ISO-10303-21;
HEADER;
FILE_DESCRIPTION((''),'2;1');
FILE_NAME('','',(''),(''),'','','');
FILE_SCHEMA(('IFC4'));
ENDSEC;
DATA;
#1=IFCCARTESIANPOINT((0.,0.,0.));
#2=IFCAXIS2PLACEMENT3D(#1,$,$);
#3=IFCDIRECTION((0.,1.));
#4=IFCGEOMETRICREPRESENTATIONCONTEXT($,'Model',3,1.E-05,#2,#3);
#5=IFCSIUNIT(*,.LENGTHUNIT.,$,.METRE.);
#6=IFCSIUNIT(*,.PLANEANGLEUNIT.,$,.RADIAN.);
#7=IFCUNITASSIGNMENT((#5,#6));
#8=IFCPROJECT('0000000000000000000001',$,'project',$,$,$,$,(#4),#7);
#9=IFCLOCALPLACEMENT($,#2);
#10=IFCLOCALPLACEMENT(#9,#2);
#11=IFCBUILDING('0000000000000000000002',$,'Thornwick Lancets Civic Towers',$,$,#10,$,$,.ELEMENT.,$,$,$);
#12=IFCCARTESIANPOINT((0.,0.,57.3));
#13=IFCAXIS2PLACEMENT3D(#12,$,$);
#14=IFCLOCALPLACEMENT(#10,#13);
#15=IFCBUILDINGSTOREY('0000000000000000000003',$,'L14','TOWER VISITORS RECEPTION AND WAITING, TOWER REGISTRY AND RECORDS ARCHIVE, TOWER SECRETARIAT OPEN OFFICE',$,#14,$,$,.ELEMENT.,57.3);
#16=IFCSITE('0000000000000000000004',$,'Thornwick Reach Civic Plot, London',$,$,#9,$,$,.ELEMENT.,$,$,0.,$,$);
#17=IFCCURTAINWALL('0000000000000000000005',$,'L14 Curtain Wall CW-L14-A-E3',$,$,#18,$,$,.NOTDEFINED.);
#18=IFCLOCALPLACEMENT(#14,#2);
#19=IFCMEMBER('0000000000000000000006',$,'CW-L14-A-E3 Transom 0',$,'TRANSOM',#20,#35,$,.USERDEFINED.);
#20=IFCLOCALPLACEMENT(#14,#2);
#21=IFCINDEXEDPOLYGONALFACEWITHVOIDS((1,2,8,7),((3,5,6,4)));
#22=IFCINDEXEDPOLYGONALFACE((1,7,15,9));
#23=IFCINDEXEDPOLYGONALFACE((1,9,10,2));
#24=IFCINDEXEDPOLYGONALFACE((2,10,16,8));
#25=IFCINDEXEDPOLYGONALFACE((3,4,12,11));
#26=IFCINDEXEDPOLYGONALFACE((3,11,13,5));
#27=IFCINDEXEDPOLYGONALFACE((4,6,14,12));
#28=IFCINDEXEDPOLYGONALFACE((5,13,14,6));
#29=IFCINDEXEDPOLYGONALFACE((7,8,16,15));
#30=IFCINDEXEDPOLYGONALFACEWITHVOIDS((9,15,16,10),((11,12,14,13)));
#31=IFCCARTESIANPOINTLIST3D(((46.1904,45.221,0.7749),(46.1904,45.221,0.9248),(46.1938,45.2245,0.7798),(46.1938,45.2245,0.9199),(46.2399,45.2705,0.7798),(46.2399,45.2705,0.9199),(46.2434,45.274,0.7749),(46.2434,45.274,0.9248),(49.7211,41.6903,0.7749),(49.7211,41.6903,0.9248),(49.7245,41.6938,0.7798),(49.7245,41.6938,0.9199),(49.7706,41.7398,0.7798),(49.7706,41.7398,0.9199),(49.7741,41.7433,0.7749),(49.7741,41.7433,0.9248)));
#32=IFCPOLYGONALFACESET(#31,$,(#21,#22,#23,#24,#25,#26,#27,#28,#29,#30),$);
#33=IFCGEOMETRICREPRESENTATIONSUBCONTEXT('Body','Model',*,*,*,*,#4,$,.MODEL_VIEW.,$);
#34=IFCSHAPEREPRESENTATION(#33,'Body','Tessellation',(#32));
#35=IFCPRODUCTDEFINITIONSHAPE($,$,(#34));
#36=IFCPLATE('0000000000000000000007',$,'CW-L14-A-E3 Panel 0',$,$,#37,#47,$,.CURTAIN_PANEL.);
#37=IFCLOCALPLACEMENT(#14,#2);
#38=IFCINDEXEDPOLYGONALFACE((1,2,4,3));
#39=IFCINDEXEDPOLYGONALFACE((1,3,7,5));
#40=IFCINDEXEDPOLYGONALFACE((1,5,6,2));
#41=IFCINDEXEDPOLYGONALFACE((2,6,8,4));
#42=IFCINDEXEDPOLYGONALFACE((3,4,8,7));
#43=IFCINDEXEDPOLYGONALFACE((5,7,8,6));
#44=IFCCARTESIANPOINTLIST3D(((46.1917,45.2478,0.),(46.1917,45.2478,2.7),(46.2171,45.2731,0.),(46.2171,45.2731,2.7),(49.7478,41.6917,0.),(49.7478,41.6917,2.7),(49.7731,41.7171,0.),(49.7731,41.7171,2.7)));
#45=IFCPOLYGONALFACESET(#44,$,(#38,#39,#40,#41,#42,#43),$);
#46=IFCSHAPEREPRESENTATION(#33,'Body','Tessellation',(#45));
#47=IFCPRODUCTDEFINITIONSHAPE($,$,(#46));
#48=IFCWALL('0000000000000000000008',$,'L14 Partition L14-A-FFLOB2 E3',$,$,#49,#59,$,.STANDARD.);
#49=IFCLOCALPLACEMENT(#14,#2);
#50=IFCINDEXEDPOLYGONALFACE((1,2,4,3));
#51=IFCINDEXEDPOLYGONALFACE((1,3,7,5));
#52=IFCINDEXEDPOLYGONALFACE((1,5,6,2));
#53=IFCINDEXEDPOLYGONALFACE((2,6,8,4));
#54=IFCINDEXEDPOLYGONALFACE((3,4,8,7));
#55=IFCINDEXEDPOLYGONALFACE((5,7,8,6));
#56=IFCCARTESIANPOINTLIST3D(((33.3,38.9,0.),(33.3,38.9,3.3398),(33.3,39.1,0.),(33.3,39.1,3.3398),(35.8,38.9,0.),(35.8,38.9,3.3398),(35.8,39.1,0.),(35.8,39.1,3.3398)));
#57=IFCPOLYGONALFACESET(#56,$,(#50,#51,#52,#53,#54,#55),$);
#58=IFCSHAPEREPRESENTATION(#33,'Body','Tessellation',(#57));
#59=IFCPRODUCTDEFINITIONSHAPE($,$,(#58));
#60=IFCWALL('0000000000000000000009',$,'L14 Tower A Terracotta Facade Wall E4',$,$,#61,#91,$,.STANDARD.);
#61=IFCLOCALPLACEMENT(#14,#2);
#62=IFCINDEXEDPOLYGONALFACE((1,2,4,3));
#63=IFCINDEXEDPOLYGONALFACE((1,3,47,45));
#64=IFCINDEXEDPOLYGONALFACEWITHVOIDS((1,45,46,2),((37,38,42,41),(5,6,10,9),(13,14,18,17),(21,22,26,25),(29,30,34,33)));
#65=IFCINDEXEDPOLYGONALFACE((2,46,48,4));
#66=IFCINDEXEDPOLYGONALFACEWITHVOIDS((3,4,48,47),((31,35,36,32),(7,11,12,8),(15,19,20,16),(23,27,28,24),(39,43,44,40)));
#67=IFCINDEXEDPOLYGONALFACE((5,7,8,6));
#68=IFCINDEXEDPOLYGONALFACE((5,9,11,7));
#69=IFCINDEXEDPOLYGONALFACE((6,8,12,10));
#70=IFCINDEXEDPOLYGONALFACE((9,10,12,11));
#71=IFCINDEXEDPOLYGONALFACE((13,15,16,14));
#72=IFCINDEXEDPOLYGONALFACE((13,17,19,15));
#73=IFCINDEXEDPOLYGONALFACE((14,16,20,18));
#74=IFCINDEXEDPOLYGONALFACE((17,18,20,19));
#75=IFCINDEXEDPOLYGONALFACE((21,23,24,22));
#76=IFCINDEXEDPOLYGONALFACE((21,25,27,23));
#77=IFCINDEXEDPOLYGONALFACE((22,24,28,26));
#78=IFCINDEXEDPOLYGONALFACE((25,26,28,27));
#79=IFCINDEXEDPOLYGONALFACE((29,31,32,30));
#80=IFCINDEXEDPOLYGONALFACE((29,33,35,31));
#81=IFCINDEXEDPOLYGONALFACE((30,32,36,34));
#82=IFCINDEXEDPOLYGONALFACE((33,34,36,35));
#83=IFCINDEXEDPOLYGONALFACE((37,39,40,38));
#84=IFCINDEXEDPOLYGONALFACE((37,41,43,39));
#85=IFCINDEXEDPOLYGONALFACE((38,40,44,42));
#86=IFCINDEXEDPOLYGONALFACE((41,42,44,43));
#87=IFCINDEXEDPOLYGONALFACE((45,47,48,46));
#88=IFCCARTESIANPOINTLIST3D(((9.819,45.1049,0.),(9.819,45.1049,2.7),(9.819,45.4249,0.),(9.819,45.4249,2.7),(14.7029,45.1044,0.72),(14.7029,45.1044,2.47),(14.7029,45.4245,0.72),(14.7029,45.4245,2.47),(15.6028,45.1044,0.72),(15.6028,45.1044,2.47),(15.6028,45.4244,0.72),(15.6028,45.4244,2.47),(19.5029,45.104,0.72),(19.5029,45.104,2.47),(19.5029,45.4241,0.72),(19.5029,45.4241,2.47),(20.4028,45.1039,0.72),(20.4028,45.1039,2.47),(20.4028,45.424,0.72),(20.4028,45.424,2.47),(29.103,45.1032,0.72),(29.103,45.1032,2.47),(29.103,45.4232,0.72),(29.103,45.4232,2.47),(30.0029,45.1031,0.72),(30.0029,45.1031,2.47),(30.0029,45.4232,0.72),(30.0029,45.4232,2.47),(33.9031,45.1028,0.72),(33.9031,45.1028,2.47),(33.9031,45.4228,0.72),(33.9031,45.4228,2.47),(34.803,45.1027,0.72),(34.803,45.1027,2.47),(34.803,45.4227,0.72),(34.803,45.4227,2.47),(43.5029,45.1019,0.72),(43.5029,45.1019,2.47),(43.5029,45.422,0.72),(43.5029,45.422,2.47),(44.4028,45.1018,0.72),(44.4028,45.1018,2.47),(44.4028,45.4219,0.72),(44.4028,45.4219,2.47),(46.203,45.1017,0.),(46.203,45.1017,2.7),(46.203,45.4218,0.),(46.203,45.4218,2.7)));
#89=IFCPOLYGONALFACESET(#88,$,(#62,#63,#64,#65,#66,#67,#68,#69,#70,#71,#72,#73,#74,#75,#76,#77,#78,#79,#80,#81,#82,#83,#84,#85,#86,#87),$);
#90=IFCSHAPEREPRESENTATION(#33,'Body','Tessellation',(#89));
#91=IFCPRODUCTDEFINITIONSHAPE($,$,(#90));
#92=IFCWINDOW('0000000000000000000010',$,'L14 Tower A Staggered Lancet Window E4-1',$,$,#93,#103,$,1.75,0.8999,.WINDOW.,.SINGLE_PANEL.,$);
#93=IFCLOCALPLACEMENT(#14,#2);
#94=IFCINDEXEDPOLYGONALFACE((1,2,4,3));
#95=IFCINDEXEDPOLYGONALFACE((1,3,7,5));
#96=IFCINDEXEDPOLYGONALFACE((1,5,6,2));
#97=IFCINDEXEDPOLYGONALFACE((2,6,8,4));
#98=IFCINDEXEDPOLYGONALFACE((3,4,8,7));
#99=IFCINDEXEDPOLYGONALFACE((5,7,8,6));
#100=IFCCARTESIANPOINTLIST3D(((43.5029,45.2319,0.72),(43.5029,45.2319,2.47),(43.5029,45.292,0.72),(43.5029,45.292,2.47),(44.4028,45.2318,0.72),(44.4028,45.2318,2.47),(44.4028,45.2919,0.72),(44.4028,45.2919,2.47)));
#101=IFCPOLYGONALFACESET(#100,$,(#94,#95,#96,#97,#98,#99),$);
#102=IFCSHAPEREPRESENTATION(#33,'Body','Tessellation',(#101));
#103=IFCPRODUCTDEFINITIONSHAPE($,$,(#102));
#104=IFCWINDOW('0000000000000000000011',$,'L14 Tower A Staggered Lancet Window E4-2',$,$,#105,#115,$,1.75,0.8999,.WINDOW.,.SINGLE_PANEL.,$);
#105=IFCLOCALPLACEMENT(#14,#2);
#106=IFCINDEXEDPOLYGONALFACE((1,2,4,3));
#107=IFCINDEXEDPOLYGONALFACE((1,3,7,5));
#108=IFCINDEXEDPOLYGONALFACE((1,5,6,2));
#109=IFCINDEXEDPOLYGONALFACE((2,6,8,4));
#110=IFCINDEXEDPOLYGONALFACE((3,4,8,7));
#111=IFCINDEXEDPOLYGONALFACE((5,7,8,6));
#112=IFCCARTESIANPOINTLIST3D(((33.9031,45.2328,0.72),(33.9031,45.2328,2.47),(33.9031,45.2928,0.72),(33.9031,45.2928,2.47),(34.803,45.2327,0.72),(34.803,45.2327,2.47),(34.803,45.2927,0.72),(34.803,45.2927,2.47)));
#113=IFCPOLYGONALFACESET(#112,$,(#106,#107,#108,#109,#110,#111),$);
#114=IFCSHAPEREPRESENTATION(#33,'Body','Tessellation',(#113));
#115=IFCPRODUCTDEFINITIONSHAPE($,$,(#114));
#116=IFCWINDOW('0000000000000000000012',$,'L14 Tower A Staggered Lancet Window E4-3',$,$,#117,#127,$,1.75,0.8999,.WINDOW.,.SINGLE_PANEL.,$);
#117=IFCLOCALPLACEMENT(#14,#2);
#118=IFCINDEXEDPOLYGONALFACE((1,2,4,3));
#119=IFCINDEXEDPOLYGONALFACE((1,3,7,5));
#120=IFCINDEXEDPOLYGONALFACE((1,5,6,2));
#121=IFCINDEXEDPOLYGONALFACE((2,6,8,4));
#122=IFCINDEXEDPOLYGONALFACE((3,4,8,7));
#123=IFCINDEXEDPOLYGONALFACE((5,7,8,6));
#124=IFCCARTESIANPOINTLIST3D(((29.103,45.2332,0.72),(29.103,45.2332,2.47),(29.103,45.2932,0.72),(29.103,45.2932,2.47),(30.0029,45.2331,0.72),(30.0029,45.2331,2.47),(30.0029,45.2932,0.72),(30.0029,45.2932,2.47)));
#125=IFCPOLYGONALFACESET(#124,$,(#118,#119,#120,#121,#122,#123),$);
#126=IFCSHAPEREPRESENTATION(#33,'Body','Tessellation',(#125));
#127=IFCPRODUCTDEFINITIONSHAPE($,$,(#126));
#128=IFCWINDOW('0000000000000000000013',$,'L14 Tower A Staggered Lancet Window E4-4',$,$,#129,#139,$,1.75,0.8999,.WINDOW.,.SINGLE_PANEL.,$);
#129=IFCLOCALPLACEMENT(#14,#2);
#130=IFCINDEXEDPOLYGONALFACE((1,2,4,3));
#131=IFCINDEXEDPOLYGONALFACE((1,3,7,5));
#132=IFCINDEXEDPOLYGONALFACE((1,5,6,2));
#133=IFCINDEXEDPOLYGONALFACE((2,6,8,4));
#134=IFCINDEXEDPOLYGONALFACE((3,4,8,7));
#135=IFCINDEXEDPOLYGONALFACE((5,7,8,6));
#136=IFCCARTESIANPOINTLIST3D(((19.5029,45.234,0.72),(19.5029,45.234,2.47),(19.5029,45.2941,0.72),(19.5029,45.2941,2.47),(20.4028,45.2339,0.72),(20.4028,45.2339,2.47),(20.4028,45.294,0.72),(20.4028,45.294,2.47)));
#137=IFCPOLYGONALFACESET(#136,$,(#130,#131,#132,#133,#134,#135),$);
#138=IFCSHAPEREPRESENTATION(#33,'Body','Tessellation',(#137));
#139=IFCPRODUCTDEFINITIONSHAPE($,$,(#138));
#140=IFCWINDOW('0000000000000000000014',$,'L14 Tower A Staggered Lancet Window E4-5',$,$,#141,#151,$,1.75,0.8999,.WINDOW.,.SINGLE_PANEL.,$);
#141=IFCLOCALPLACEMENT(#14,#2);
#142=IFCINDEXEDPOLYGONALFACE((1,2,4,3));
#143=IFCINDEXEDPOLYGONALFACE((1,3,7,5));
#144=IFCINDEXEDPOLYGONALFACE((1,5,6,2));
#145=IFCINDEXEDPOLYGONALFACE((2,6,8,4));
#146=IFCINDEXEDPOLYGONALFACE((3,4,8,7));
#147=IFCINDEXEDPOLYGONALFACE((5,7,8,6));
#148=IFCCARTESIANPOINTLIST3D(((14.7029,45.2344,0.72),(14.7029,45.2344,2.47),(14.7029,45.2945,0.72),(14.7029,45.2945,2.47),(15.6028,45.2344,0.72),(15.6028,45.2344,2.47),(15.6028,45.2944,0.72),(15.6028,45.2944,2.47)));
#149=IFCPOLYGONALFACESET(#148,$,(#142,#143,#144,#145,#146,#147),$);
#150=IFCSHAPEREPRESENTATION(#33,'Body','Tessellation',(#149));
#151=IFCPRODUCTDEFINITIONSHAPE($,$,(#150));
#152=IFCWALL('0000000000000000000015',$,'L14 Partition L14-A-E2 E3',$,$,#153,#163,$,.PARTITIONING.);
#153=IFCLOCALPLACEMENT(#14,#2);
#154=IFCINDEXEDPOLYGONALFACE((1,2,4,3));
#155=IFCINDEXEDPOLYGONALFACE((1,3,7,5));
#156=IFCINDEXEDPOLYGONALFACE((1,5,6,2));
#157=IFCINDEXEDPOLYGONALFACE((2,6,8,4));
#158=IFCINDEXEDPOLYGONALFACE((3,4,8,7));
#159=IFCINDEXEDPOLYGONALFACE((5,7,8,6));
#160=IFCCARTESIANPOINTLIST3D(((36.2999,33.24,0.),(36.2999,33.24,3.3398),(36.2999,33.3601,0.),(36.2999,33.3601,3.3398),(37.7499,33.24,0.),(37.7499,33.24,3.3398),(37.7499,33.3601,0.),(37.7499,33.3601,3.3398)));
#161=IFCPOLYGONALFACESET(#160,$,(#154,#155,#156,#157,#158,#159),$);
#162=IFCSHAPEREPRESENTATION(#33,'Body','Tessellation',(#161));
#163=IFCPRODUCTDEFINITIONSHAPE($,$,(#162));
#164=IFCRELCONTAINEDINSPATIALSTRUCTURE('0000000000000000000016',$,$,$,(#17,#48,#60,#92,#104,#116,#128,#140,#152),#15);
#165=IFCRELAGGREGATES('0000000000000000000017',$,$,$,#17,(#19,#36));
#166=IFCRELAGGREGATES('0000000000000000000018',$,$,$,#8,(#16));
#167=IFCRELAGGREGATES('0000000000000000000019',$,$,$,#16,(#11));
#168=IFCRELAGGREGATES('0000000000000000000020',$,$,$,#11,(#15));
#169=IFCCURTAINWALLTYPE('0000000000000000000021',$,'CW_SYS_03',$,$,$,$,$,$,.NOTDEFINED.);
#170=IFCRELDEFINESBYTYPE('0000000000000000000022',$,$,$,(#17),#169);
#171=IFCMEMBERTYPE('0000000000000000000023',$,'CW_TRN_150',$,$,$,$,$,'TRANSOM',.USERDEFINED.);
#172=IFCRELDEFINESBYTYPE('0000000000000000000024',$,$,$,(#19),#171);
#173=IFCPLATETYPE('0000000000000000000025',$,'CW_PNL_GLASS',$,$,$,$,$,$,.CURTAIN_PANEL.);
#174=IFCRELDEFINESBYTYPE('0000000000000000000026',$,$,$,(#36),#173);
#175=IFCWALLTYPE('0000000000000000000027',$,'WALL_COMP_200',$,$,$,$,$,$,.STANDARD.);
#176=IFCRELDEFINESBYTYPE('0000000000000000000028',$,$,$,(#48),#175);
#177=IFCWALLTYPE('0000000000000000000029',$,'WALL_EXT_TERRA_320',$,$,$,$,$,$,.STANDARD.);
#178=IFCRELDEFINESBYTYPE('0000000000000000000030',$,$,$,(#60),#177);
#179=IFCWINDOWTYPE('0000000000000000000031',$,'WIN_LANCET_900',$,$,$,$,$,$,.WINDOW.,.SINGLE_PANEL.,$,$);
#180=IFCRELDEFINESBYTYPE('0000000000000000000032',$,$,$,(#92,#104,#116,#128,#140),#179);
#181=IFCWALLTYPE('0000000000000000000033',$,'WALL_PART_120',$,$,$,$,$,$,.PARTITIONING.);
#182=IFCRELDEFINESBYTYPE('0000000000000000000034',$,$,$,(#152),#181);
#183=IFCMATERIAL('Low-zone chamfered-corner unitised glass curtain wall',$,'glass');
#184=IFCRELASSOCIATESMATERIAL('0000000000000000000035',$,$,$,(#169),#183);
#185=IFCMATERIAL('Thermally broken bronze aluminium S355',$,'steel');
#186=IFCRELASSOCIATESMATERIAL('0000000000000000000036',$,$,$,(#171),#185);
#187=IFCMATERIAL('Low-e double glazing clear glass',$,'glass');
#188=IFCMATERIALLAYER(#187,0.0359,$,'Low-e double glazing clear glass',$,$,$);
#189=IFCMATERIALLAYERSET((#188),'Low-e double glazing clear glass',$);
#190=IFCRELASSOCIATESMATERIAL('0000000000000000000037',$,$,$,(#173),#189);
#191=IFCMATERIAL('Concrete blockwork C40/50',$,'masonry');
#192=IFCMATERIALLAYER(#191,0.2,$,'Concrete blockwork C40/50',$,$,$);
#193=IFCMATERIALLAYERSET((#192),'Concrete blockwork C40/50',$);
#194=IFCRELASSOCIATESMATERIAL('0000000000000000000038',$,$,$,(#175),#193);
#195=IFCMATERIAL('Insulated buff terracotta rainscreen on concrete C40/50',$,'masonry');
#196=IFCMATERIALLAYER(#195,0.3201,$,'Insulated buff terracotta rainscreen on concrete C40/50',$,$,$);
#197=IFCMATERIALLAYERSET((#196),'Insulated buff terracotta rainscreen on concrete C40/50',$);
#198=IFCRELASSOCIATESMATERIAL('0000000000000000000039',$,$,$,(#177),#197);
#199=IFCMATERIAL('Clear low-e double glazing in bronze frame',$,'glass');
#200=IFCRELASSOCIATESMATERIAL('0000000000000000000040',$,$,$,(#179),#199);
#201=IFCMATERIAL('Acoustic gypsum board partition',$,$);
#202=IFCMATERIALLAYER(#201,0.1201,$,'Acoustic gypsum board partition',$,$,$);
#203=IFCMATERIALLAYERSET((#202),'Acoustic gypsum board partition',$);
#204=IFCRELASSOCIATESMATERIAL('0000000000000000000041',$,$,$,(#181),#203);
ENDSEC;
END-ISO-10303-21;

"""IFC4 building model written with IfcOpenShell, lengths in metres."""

from ifc_helpers import new_model, si_unit, direction, frame, frame_2d, origin, origin_2d, place, context, subcontext, project, spatial, rectangle, hollow_rectangle, extrude, material, layer, layer_set, material_profile, profile_set, type_object, element, fill, aggregate, save


model = new_model("IFC4")

# Units and contexts
model_context = context("Model", 3, precision=1e-05, world=origin(), true_north=direction((0.0, 1.0)))
body_context = subcontext(model_context, "Body", "Model", "MODEL_VIEW")
ifc_project = project(units=[si_unit("LENGTHUNIT", "METRE"), si_unit("PLANEANGLEUNIT", "RADIAN")], contexts=[model_context])

# Site, building, storey
site_placement = place(None, origin())
site = spatial("IfcSite", under=ifc_project, at=site_placement, Name="Thornwick Reach Civic Plot, London", CompositionType="ELEMENT", RefElevation=0.0)
building_placement = place(site_placement, origin())
building = spatial("IfcBuilding", under=site, at=building_placement, Name="Thornwick Lancets Civic Towers", CompositionType="ELEMENT")
storey_placement = place(building_placement, frame((0.0, 0.0, 57.3)))
storey = spatial("IfcBuildingStorey", under=building, at=storey_placement, Name="L14", Description="TOWER VISITORS RECEPTION AND WAITING, TOWER REGISTRY AND RECORDS ARCHIVE, TOWER SECRETARIAT OPEN OFFICE", CompositionType="ELEMENT", Elevation=57.3)

# Curtain wall, member, plate
ifc_material_1 = material(Name="Low-zone chamfered-corner unitised glass curtain wall", Category="glass")
curtain_wall_type = type_object("IfcCurtainWallType", Name="CW_SYS_03", PredefinedType="NOTDEFINED", material=ifc_material_1)
curtain_wall_placement = place(storey_placement, origin())
curtain_wall = element("IfcCurtainWall", 1, at=curtain_wall_placement, inside=storey, type_object=curtain_wall_type, Name="L14 Curtain Wall CW-L14-A-E3", PredefinedType="NOTDEFINED")
ifc_material_2 = material(Name="Thermally broken bronze aluminium S355", Category="steel")
ifc_material_profile_1 = material_profile(ifc_material_2, hollow_rectangle(XDim=0.075, YDim=0.1499, WallThickness=0.0049, at=origin_2d()), Name="RHS 150x75x5")
ifc_profile_set_1 = profile_set([ifc_material_profile_1], Name="Thermally broken bronze aluminium S355")
member_type_1 = type_object("IfcMemberType", Name="CW_TRN_150", ElementType="TRANSOM", PredefinedType="USERDEFINED", material=ifc_profile_set_1)
member_1_placement = place(storey_placement, frame((49.7476, 41.7168, 0.8499), z_axis=(-0.707107, 0.707107, 0.0), x_axis=(-0.707107, -0.707107, 0.0)))
member_1 = element("IfcMember", 2, at=member_1_placement, type_object=member_type_1, Name="CW-L14-A-E3 Transom 0", ObjectType="TRANSOM", PredefinedType="USERDEFINED", context=body_context, shape_type="SweptSolid", body=[
    extrude(hollow_rectangle(XDim=0.075, YDim=0.1499, WallThickness=0.0049, at=origin_2d()), origin(), (0.0, 0.0, 1.0), 4.9932),
])
ifc_material_3 = material(Name="Low-e double glazing clear glass", Category="glass")
ifc_layer_1 = layer(ifc_material_3, 0.0359, Name="Low-e double glazing clear glass")
ifc_layer_set_1 = layer_set([ifc_layer_1], Name="Low-e double glazing clear glass")
plate_type = type_object("IfcPlateType", Name="CW_PNL_GLASS", PredefinedType="CURTAIN_PANEL", material=ifc_layer_set_1)
plate_placement = place(storey_placement, frame((47.9824, 43.4824, 0.0), z_axis=(0.0, 0.0, 1.0), x_axis=(-0.707107, 0.707107, 0.0)))
plate = element("IfcPlate", 3, at=plate_placement, type_object=plate_type, Name="CW-L14-A-E3 Panel 0", PredefinedType="CURTAIN_PANEL", context=body_context, shape_type="SweptSolid", body=[
    extrude(rectangle(XDim=5.0291, YDim=0.0359, at=origin_2d()), origin(), (0.0, 0.0, 1.0), 2.7),
])
aggregate(curtain_wall, [member_1, plate])

# Wall
ifc_material_4 = material(Name="Concrete blockwork C40/50", Category="masonry")
ifc_layer_2 = layer(ifc_material_4, 0.2, Name="Concrete blockwork C40/50")
ifc_layer_set_2 = layer_set([ifc_layer_2], Name="Concrete blockwork C40/50")
wall_type_1 = type_object("IfcWallType", Name="WALL_COMP_200", PredefinedType="STANDARD", material=ifc_layer_set_2)
wall_1_placement = place(storey_placement, frame((35.8, 39.0, 0.0), z_axis=(0.0, 0.0, 1.0), x_axis=(-1.0, 0.0, 0.0)))
element("IfcWall", 4, at=wall_1_placement, inside=storey, type_object=wall_type_1, Name="L14 Partition L14-A-FFLOB2 E3", PredefinedType="STANDARD", context=body_context, shape_type="SweptSolid", body=[
    extrude(rectangle(XDim=2.5, YDim=0.2, at=frame_2d((1.25, 0.0))), origin(), (0.0, 0.0, 1.0), 3.3398),
])

# Wall, openings, windows
ifc_material_5 = material(Name="Insulated buff terracotta rainscreen on concrete C40/50", Category="masonry")
ifc_layer_3 = layer(ifc_material_5, 0.3201, Name="Insulated buff terracotta rainscreen on concrete C40/50")
ifc_layer_set_3 = layer_set([ifc_layer_3], Name="Insulated buff terracotta rainscreen on concrete C40/50")
wall_type_2 = type_object("IfcWallType", Name="WALL_EXT_TERRA_320", PredefinedType="STANDARD", material=ifc_layer_set_3)
wall_2_placement = place(storey_placement, frame((46.2029, 45.2617, 0.0), z_axis=(0.0, 0.0, 1.0), x_axis=(-1.0, 0.000087, 0.0)))
wall_2 = element("IfcWall", 5, at=wall_2_placement, inside=storey, type_object=wall_type_2, Name="L14 Tower A Terracotta Facade Wall E4", PredefinedType="STANDARD", context=body_context, shape_type="SweptSolid", body=[
    extrude(rectangle(XDim=36.384, YDim=0.3201, at=frame_2d((18.1919, 0.0))), origin(), (0.0, 0.0, 1.0), 2.7),
])
opening_1_placement = place(wall_2_placement, frame((1.8, 0.0, 0.72)))
opening_1 = element("IfcOpeningElement", 6, at=opening_1_placement, cuts=wall_2, PredefinedType="OPENING", context=body_context, shape_type="SweptSolid", body=[
    extrude(rectangle(XDim=0.8999, YDim=1.75, at=frame_2d((0.45, 0.875))), frame((0.0, 0.1699, 0.0), z_axis=(0.0, -1.0, 0.0), x_axis=(1.0, 0.0, 0.0)), (0.0, 0.0, 1.0), 0.3401),
])
opening_2_placement = place(wall_2_placement, frame((11.3999, 0.0, 0.72)))
opening_2 = element("IfcOpeningElement", 7, at=opening_2_placement, cuts=wall_2, PredefinedType="OPENING", context=body_context, shape_type="SweptSolid", body=[
    extrude(rectangle(XDim=0.8999, YDim=1.75, at=frame_2d((0.45, 0.875))), frame((0.0, 0.1699, 0.0), z_axis=(0.0, -1.0, 0.0), x_axis=(1.0, 0.0, 0.0)), (0.0, 0.0, 1.0), 0.3401),
])
opening_3_placement = place(wall_2_placement, frame((16.2, 0.0, 0.72)))
opening_3 = element("IfcOpeningElement", 8, at=opening_3_placement, cuts=wall_2, PredefinedType="OPENING", context=body_context, shape_type="SweptSolid", body=[
    extrude(rectangle(XDim=0.8999, YDim=1.75, at=frame_2d((0.45, 0.875))), frame((0.0, 0.1699, 0.0), z_axis=(0.0, -1.0, 0.0), x_axis=(1.0, 0.0, 0.0)), (0.0, 0.0, 1.0), 0.3401),
])
opening_4_placement = place(wall_2_placement, frame((25.8, 0.0, 0.72)))
opening_4 = element("IfcOpeningElement", 9, at=opening_4_placement, cuts=wall_2, PredefinedType="OPENING", context=body_context, shape_type="SweptSolid", body=[
    extrude(rectangle(XDim=0.8999, YDim=1.75, at=frame_2d((0.45, 0.875))), frame((0.0, 0.1699, 0.0), z_axis=(0.0, -1.0, 0.0), x_axis=(1.0, 0.0, 0.0)), (0.0, 0.0, 1.0), 0.3401),
])
opening_5_placement = place(wall_2_placement, frame((30.6001, 0.0, 0.72)))
opening_5 = element("IfcOpeningElement", 10, at=opening_5_placement, cuts=wall_2, PredefinedType="OPENING", context=body_context, shape_type="SweptSolid", body=[
    extrude(rectangle(XDim=0.8999, YDim=1.75, at=frame_2d((0.45, 0.875))), frame((0.0, 0.1699, 0.0), z_axis=(0.0, -1.0, 0.0), x_axis=(1.0, 0.0, 0.0)), (0.0, 0.0, 1.0), 0.3401),
])
ifc_material_6 = material(Name="Clear low-e double glazing in bronze frame", Category="glass")
window_type = type_object("IfcWindowType", Name="WIN_LANCET_900", PartitioningType="SINGLE_PANEL", PredefinedType="WINDOW", material=ifc_material_6)
window_1_placement = place(opening_1_placement, origin())
window_1 = element("IfcWindow", 11, at=window_1_placement, inside=storey, type_object=window_type, Name="L14 Tower A Staggered Lancet Window E4-1", OverallHeight=1.75, OverallWidth=0.8999, PartitioningType="SINGLE_PANEL", PredefinedType="WINDOW", context=body_context, shape_type="SweptSolid", body=[
    extrude(rectangle(XDim=0.8999, YDim=1.75, at=frame_2d((0.45, 0.875))), frame((0.0, 0.03, 0.0), z_axis=(0.0, -1.0, 0.0), x_axis=(1.0, 0.0, 0.0)), (0.0, 0.0, 1.0), 0.0601),
])
fill(opening_1, window_1)
window_2_placement = place(opening_2_placement, origin())
window_2 = element("IfcWindow", 12, at=window_2_placement, inside=storey, type_object=window_type, Name="L14 Tower A Staggered Lancet Window E4-2", OverallHeight=1.75, OverallWidth=0.8999, PartitioningType="SINGLE_PANEL", PredefinedType="WINDOW", context=body_context, shape_type="SweptSolid", body=[
    extrude(rectangle(XDim=0.8999, YDim=1.75, at=frame_2d((0.45, 0.875))), frame((0.0, 0.03, 0.0), z_axis=(0.0, -1.0, 0.0), x_axis=(1.0, 0.0, 0.0)), (0.0, 0.0, 1.0), 0.0601),
])
fill(opening_2, window_2)
window_3_placement = place(opening_3_placement, origin())
window_3 = element("IfcWindow", 13, at=window_3_placement, inside=storey, type_object=window_type, Name="L14 Tower A Staggered Lancet Window E4-3", OverallHeight=1.75, OverallWidth=0.8999, PartitioningType="SINGLE_PANEL", PredefinedType="WINDOW", context=body_context, shape_type="SweptSolid", body=[
    extrude(rectangle(XDim=0.8999, YDim=1.75, at=frame_2d((0.45, 0.875))), frame((0.0, 0.03, 0.0), z_axis=(0.0, -1.0, 0.0), x_axis=(1.0, 0.0, 0.0)), (0.0, 0.0, 1.0), 0.0601),
])
fill(opening_3, window_3)
window_4_placement = place(opening_4_placement, origin())
window_4 = element("IfcWindow", 14, at=window_4_placement, inside=storey, type_object=window_type, Name="L14 Tower A Staggered Lancet Window E4-4", OverallHeight=1.75, OverallWidth=0.8999, PartitioningType="SINGLE_PANEL", PredefinedType="WINDOW", context=body_context, shape_type="SweptSolid", body=[
    extrude(rectangle(XDim=0.8999, YDim=1.75, at=frame_2d((0.45, 0.875))), frame((0.0, 0.03, 0.0), z_axis=(0.0, -1.0, 0.0), x_axis=(1.0, 0.0, 0.0)), (0.0, 0.0, 1.0), 0.0601),
])
fill(opening_4, window_4)
window_5_placement = place(opening_5_placement, origin())
window_5 = element("IfcWindow", 15, at=window_5_placement, inside=storey, type_object=window_type, Name="L14 Tower A Staggered Lancet Window E4-5", OverallHeight=1.75, OverallWidth=0.8999, PartitioningType="SINGLE_PANEL", PredefinedType="WINDOW", context=body_context, shape_type="SweptSolid", body=[
    extrude(rectangle(XDim=0.8999, YDim=1.75, at=frame_2d((0.45, 0.875))), frame((0.0, 0.03, 0.0), z_axis=(0.0, -1.0, 0.0), x_axis=(1.0, 0.0, 0.0)), (0.0, 0.0, 1.0), 0.0601),
])
fill(opening_5, window_5)

# Wall
ifc_material_7 = material(Name="Acoustic gypsum board partition")
ifc_layer_4 = layer(ifc_material_7, 0.1201, Name="Acoustic gypsum board partition")
ifc_layer_set_4 = layer_set([ifc_layer_4], Name="Acoustic gypsum board partition")
wall_type_3 = type_object("IfcWallType", Name="WALL_PART_120", PredefinedType="PARTITIONING", material=ifc_layer_set_4)
wall_3_placement = place(storey_placement, frame((37.75, 33.3, 0.0), z_axis=(0.0, 0.0, 1.0), x_axis=(-1.0, 0.0, 0.0)))
element("IfcWall", 16, at=wall_3_placement, inside=storey, type_object=wall_type_3, Name="L14 Partition L14-A-E2 E3", PredefinedType="PARTITIONING", context=body_context, shape_type="SweptSolid", body=[
    extrude(rectangle(XDim=1.45, YDim=0.1201, at=frame_2d((0.7251, 0.0))), origin(), (0.0, 0.0, 1.0), 3.3398),
])

save(model, "model.ifc")
